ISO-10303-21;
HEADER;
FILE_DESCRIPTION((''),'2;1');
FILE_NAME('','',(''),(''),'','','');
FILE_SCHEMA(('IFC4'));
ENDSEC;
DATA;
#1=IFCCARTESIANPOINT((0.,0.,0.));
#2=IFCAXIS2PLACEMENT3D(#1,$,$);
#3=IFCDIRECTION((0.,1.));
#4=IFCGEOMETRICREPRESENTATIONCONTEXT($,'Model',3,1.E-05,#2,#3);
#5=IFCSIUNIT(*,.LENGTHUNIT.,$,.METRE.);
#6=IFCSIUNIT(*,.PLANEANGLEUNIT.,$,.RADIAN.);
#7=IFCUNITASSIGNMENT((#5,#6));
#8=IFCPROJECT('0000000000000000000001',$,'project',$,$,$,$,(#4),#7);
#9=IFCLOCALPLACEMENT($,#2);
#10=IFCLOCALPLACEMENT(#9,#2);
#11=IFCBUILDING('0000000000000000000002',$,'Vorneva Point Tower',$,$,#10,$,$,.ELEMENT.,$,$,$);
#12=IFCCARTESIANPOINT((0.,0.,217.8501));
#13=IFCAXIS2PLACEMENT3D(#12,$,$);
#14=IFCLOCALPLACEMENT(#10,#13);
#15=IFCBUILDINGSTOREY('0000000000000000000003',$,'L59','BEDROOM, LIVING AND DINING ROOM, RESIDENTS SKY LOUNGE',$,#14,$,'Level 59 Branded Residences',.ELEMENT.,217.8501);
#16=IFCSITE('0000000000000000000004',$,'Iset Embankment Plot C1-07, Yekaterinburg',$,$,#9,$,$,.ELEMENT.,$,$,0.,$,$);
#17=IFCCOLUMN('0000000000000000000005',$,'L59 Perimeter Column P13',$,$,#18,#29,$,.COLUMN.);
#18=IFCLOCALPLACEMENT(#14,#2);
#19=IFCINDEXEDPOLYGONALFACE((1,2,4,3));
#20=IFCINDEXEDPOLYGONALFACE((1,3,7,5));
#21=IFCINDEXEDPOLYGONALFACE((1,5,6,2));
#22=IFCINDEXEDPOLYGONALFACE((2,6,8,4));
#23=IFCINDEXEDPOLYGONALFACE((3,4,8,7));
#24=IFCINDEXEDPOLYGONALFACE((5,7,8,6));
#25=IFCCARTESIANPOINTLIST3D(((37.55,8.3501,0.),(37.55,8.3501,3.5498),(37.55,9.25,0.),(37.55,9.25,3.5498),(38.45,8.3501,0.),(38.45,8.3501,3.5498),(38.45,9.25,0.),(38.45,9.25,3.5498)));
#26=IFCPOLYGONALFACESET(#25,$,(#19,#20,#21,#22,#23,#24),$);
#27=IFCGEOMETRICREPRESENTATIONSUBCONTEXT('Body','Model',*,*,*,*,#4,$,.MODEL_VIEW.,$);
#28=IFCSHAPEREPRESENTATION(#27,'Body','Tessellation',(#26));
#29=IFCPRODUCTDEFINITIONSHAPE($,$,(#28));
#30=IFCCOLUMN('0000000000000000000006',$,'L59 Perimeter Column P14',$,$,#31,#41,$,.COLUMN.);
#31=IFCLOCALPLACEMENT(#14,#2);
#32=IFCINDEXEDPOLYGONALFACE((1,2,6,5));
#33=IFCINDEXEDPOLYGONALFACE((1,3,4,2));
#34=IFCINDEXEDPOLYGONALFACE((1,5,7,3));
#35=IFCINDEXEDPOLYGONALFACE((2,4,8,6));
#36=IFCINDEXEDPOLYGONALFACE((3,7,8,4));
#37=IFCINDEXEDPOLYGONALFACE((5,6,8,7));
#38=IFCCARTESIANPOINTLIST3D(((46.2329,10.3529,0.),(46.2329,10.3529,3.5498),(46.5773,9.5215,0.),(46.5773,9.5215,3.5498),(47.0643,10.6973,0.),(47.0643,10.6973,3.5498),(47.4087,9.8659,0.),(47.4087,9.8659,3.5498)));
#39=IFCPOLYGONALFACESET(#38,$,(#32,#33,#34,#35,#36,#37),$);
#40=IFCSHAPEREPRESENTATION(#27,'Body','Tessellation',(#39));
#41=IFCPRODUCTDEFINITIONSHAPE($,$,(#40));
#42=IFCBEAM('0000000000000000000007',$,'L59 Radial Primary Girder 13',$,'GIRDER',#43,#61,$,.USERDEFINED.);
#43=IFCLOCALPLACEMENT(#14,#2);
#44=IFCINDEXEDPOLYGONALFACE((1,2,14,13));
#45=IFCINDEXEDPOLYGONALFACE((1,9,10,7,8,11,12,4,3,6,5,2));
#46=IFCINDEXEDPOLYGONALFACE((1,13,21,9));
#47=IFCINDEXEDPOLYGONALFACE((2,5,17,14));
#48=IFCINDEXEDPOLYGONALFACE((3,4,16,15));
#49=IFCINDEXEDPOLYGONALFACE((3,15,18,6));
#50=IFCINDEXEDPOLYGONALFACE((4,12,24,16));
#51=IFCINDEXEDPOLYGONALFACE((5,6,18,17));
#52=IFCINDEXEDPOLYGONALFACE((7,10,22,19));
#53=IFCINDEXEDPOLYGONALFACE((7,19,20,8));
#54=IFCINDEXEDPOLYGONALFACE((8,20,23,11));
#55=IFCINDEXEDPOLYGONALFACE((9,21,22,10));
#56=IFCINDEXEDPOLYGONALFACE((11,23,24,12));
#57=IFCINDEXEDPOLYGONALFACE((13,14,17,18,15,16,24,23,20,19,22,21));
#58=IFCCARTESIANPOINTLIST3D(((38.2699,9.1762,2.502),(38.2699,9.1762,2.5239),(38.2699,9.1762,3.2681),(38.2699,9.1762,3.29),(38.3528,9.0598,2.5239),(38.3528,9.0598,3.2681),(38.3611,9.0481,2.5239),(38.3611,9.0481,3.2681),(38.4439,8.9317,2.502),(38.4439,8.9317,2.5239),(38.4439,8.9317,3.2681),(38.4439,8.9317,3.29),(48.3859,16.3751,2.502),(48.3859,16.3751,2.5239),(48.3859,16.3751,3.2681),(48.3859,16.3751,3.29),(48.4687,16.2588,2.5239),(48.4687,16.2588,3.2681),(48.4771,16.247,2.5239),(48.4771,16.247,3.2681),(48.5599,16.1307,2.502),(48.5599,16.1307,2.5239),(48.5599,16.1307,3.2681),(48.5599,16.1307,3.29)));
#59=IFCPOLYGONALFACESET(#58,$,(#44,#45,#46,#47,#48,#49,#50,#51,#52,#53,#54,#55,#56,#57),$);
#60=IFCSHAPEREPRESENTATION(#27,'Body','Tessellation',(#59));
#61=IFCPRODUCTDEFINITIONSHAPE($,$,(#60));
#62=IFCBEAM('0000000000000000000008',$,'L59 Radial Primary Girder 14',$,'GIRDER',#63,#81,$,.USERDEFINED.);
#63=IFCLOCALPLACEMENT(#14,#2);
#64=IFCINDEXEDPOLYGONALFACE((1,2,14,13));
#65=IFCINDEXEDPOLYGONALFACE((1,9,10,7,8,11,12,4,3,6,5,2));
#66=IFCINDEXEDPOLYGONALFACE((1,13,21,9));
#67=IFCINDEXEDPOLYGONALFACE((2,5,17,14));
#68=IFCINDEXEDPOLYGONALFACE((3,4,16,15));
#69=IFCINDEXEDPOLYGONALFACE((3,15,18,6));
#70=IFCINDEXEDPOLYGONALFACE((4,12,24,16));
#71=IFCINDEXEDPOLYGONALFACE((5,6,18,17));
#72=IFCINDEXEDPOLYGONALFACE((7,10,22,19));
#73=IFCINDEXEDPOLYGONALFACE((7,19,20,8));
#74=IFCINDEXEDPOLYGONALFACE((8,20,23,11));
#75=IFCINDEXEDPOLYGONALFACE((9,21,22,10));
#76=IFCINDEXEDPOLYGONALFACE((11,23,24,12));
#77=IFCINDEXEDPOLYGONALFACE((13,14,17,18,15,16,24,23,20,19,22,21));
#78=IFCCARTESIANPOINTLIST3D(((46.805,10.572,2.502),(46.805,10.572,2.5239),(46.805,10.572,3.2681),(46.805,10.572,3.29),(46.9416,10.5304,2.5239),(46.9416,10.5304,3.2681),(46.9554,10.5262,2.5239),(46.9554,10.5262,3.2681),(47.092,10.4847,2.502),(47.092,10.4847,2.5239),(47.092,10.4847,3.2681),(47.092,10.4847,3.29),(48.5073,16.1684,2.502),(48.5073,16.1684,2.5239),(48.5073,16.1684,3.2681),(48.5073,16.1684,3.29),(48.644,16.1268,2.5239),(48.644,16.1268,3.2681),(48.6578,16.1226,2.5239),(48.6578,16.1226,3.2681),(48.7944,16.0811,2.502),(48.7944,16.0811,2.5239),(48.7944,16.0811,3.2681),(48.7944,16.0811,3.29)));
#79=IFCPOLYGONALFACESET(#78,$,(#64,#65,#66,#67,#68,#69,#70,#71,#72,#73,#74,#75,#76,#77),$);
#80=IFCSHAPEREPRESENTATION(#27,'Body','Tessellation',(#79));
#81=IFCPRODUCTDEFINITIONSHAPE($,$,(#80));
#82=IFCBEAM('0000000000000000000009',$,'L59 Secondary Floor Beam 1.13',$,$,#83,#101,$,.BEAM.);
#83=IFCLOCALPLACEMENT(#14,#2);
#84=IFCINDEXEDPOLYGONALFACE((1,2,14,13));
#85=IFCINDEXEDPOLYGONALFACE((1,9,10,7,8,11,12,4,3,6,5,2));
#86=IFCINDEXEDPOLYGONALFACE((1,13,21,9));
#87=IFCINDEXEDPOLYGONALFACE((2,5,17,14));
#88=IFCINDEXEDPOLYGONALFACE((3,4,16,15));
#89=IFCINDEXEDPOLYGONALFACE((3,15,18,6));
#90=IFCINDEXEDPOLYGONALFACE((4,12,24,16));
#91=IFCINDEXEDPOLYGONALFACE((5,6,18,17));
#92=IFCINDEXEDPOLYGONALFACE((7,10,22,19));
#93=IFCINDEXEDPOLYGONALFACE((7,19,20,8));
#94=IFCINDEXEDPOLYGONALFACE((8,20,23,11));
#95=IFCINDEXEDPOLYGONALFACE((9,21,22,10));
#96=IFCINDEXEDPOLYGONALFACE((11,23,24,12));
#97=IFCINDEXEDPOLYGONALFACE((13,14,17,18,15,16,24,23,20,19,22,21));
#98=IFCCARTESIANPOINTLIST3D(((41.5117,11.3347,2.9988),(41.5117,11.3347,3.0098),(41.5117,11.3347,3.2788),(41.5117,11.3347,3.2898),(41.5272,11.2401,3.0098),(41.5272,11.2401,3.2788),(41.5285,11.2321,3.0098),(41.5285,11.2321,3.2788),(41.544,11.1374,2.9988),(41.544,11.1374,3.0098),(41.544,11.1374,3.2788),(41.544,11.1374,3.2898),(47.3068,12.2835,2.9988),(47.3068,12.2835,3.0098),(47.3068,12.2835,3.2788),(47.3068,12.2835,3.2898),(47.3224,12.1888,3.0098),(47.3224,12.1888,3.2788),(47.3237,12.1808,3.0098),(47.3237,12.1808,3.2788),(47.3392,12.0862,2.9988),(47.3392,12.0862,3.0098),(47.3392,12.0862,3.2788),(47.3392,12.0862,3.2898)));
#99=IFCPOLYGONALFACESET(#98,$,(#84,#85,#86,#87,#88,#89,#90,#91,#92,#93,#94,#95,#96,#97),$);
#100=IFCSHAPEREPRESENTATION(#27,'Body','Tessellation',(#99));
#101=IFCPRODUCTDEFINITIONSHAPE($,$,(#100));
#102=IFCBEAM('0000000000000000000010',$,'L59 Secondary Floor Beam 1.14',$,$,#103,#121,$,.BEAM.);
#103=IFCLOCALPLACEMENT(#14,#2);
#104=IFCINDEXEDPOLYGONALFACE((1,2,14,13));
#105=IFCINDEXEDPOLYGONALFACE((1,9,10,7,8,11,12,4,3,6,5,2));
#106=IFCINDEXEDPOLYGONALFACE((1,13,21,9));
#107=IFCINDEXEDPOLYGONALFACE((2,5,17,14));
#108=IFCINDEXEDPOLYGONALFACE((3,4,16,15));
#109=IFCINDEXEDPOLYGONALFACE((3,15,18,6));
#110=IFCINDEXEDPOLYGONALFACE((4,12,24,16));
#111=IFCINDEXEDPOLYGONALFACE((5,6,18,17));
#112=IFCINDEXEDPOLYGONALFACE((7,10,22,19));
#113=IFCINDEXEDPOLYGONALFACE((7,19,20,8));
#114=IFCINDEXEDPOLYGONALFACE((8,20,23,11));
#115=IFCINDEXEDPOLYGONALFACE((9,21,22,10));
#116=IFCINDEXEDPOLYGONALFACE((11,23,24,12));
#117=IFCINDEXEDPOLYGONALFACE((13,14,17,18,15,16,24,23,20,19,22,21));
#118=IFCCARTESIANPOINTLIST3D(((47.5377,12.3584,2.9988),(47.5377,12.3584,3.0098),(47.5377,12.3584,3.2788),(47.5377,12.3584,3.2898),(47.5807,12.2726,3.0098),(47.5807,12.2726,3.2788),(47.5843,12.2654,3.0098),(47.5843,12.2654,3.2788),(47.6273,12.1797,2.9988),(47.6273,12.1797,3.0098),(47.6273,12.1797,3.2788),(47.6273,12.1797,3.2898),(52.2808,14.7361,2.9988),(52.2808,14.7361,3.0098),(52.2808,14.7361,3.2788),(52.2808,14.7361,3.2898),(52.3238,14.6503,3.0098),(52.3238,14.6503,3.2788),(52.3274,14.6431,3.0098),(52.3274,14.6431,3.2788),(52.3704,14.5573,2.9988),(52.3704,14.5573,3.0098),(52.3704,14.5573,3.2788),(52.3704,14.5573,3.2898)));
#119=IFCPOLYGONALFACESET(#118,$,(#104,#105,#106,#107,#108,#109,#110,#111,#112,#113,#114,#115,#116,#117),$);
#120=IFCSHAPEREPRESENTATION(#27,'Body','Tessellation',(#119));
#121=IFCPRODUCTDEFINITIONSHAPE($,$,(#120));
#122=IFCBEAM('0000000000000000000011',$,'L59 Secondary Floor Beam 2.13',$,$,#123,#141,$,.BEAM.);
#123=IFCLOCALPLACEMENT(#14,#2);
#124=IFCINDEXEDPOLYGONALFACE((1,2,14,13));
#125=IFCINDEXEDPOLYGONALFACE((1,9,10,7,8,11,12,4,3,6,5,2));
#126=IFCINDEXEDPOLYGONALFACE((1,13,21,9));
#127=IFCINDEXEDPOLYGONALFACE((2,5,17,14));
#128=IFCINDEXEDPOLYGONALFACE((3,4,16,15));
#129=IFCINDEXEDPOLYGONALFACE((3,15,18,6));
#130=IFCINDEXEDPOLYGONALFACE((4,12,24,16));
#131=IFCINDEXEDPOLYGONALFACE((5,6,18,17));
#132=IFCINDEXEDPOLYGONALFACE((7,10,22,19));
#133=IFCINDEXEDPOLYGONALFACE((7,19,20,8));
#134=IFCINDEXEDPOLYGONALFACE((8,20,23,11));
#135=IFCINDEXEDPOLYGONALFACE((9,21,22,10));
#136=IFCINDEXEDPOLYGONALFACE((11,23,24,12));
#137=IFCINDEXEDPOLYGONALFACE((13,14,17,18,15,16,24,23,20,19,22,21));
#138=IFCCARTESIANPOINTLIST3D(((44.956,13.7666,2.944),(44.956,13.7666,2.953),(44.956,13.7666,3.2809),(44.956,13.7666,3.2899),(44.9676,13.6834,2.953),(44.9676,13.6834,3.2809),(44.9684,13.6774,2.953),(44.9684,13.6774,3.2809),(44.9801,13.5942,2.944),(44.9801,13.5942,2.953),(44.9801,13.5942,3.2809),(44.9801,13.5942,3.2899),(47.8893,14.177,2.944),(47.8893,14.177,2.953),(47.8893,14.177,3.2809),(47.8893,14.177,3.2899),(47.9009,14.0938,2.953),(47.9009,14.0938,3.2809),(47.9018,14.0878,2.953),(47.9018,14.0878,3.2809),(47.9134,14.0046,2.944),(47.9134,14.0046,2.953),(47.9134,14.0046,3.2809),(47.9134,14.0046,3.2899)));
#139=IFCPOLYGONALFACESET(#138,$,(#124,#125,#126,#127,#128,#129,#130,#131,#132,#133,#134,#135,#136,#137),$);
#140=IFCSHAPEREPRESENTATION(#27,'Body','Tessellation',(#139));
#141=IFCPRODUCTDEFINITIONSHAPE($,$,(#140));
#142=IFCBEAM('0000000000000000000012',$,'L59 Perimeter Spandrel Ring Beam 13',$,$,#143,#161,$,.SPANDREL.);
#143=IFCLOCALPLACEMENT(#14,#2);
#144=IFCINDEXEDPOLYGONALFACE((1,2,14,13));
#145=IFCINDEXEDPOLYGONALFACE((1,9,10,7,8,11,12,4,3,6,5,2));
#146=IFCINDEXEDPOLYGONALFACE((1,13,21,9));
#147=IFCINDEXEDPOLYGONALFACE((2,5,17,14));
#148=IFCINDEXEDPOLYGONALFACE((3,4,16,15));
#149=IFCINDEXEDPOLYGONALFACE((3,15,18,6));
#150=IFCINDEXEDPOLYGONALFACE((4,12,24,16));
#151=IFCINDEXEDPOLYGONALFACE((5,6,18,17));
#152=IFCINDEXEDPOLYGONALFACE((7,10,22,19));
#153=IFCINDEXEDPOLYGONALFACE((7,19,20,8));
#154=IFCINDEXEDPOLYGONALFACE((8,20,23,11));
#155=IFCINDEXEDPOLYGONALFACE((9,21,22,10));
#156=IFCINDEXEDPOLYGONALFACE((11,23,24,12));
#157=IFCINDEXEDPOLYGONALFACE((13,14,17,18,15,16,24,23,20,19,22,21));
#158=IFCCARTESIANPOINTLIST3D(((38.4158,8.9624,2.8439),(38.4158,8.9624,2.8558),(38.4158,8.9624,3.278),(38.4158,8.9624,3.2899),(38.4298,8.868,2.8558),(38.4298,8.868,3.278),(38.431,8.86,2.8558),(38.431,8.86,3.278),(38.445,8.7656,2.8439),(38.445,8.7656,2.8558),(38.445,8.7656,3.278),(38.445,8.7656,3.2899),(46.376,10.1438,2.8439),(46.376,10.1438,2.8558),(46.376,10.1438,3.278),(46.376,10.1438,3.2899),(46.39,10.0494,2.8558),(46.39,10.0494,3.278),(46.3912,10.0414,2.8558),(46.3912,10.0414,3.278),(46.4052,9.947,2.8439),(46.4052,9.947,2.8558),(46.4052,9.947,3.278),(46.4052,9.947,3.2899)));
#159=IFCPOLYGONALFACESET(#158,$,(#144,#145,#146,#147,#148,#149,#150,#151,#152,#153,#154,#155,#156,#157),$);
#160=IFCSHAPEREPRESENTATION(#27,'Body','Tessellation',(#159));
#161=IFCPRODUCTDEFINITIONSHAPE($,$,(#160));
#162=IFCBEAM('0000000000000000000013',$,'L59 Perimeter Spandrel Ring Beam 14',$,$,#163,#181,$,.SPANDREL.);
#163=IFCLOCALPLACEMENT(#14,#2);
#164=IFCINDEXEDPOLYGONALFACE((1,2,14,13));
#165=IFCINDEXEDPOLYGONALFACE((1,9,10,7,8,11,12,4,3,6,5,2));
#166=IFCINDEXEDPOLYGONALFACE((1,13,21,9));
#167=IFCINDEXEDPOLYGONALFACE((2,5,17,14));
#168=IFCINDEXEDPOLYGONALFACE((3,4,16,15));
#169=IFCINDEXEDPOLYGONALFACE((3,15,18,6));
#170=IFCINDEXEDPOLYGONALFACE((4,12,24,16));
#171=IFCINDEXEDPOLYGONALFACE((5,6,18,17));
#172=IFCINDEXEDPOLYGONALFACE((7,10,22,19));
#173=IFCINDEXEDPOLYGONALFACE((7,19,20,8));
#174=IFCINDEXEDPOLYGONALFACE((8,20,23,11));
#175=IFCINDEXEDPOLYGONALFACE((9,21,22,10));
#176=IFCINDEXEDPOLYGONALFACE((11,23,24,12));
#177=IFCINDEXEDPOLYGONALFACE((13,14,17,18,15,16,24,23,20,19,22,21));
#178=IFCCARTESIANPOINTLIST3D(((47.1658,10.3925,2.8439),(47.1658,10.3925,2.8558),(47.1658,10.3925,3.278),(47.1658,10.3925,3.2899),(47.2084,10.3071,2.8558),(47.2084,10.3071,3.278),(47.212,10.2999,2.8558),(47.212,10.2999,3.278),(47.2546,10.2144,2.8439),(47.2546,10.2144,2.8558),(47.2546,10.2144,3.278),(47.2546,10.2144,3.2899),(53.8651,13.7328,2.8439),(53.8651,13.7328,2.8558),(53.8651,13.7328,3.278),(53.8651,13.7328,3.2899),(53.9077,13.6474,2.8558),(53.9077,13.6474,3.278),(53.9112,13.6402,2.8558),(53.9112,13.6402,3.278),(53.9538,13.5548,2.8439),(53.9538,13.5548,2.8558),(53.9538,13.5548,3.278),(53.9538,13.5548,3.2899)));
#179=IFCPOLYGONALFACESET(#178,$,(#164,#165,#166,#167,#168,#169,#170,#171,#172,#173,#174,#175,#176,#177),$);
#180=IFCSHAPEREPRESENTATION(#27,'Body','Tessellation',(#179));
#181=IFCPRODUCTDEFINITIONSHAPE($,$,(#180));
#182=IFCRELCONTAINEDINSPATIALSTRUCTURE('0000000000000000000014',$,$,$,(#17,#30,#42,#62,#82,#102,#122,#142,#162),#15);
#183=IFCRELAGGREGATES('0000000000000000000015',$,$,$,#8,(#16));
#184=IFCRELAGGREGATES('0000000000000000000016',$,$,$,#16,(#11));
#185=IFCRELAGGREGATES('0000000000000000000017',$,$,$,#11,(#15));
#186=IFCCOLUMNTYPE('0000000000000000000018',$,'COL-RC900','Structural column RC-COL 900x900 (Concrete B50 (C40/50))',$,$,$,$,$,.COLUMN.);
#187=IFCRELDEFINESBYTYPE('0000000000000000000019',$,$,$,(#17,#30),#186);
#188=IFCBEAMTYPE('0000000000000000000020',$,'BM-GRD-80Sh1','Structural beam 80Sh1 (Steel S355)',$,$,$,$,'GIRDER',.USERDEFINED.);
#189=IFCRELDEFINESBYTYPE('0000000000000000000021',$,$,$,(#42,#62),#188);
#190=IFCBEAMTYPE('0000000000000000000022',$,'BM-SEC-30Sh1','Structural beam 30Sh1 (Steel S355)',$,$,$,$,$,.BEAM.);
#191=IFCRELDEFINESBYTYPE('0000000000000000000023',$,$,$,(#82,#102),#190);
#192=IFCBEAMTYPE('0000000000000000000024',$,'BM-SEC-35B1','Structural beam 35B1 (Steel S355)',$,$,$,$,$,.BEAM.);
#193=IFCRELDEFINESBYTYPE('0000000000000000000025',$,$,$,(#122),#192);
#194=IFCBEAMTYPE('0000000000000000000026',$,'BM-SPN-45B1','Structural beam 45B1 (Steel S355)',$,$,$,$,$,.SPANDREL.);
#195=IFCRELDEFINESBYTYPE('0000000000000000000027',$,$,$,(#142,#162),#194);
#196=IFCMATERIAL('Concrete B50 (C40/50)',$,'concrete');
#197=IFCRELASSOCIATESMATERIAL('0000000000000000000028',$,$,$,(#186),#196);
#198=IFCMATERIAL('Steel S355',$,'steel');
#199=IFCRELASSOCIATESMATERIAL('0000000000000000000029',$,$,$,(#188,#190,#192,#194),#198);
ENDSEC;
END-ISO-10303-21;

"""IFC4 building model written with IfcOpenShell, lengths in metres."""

from ifc_helpers import new_model, si_unit, direction, frame, origin, origin_2d, place, context, subcontext, project, spatial, rectangle, i_section, extrude, material, material_profile, profile_set, type_object, element, save


model = new_model("IFC4")

# Units and contexts
model_context = context("Model", 3, precision=1e-05, world=origin(), true_north=direction((0.0, 1.0)))
body_context = subcontext(model_context, "Body", "Model", "MODEL_VIEW")
ifc_project = project(units=[si_unit("LENGTHUNIT", "METRE"), si_unit("PLANEANGLEUNIT", "RADIAN")], contexts=[model_context])

# Site, building, storey
site_placement = place(None, origin())
site = spatial("IfcSite", under=ifc_project, at=site_placement, Name="Iset Embankment Plot C1-07, Yekaterinburg", CompositionType="ELEMENT", RefElevation=0.0)
building_placement = place(site_placement, origin())
building = spatial("IfcBuilding", under=site, at=building_placement, Name="Vorneva Point Tower", CompositionType="ELEMENT")
storey_placement = place(building_placement, frame((0.0, 0.0, 217.8501)))
storey = spatial("IfcBuildingStorey", under=building, at=storey_placement, Name="L59", Description="BEDROOM, LIVING AND DINING ROOM, RESIDENTS SKY LOUNGE", LongName="Level 59 Branded Residences", CompositionType="ELEMENT", Elevation=217.8501)

# Columns
ifc_material_1 = material(Name="Concrete B50 (C40/50)", Category="concrete")
ifc_material_profile_1 = material_profile(ifc_material_1, rectangle(XDim=0.8999, YDim=0.8999, at=origin_2d()), Name="RC-COL 900x900")
ifc_profile_set_1 = profile_set([ifc_material_profile_1], Name="Concrete B50 (C40/50)")
column_type = type_object("IfcColumnType", Name="COL-RC900", Description="Structural column RC-COL 900x900 (Concrete B50 (C40/50))", PredefinedType="COLUMN", material=ifc_profile_set_1)
for number, where, z_axis, x_axis, name in (
    (1, (38.0, 8.8, 0.0), (0.0, 0.0, 1.0), (0.0, -1.0, 0.0), "L59 Perimeter Column P13"),
    (2, (46.8208, 10.1094, 0.0), (0.0, 0.0, 1.0), (0.382683, -0.92388, 0.0), "L59 Perimeter Column P14"),
):
    element("IfcColumn", number, at=place(storey_placement, frame(where, z_axis=z_axis, x_axis=x_axis)), inside=storey, type_object=column_type, Name=name, PredefinedType="COLUMN", context=body_context, shape_type="SweptSolid", body=[
        extrude(rectangle(XDim=0.8999, YDim=0.8999, at=origin_2d()), origin(), (0.0, 0.0, 1.0), 3.5498),
    ])

# Beams
ifc_material_2 = material(Name="Steel S355", Category="steel")
ifc_material_profile_2 = material_profile(ifc_material_2, i_section(OverallWidth=0.3, OverallDepth=0.7881, WebThickness=0.0144, FlangeThickness=0.022, at=origin_2d()), Name="80Sh1")
ifc_profile_set_2 = profile_set([ifc_material_profile_2], Name="Steel S355")
beam_type_1 = type_object("IfcBeamType", Name="BM-GRD-80Sh1", Description="Structural beam 80Sh1 (Steel S355)", ElementType="GIRDER", PredefinedType="USERDEFINED", material=ifc_profile_set_2)
beam_1_placement = place(storey_placement, frame((38.3569, 9.054, 2.896), z_axis=(0.81475, 0.579813, 0.0), x_axis=(-0.579813, 0.81475, 0.0)))
element("IfcBeam", 3, at=beam_1_placement, inside=storey, type_object=beam_type_1, Name="L59 Radial Primary Girder 13", ObjectType="GIRDER", PredefinedType="USERDEFINED", context=body_context, shape_type="SweptSolid", body=[
    extrude(i_section(OverallWidth=0.3, OverallDepth=0.7881, WebThickness=0.0144, FlangeThickness=0.022, at=origin_2d()), origin(), (0.0, 0.0, 1.0), 12.416),
])
beam_2_placement = place(storey_placement, frame((46.9485, 10.5283, 2.896), z_axis=(0.291025, 0.956715, 0.0), x_axis=(-0.956715, 0.291025, 0.0)))
element("IfcBeam", 4, at=beam_2_placement, inside=storey, type_object=beam_type_1, Name="L59 Radial Primary Girder 14", ObjectType="GIRDER", PredefinedType="USERDEFINED", context=body_context, shape_type="SweptSolid", body=[
    extrude(i_section(OverallWidth=0.3, OverallDepth=0.7881, WebThickness=0.0144, FlangeThickness=0.022, at=origin_2d()), origin(), (0.0, 0.0, 1.0), 5.8496),
])
ifc_material_profile_3 = material_profile(ifc_material_2, i_section(OverallWidth=0.2, OverallDepth=0.291, WebThickness=0.0081, FlangeThickness=0.011, at=origin_2d()), Name="30Sh1")
ifc_profile_set_3 = profile_set([ifc_material_profile_3], Name="Steel S355")
beam_type_2 = type_object("IfcBeamType", Name="BM-SEC-30Sh1", Description="Structural beam 30Sh1 (Steel S355)", PredefinedType="BEAM", material=ifc_profile_set_3)
beam_3_placement = place(storey_placement, frame((41.5278, 11.2361, 3.1443), z_axis=(0.986863, 0.16156, 0.0), x_axis=(-0.16156, 0.986863, 0.0)))
element("IfcBeam", 5, at=beam_3_placement, inside=storey, type_object=beam_type_2, Name="L59 Secondary Floor Beam 1.13", PredefinedType="BEAM", context=body_context, shape_type="SweptSolid", body=[
    extrude(i_section(OverallWidth=0.2, OverallDepth=0.291, WebThickness=0.0081, FlangeThickness=0.011, at=origin_2d()), origin(), (0.0, 0.0, 1.0), 5.8723),
])
beam_4_placement = place(storey_placement, frame((47.5825, 12.269, 3.1443), z_axis=(0.893967, 0.448134, 0.0), x_axis=(-0.448134, 0.893967, 0.0)))
element("IfcBeam", 6, at=beam_4_placement, inside=storey, type_object=beam_type_2, Name="L59 Secondary Floor Beam 1.14", PredefinedType="BEAM", context=body_context, shape_type="SweptSolid", body=[
    extrude(i_section(OverallWidth=0.2, OverallDepth=0.291, WebThickness=0.0081, FlangeThickness=0.011, at=origin_2d()), origin(), (0.0, 0.0, 1.0), 5.3057),
])
ifc_material_profile_4 = material_profile(ifc_material_2, i_section(OverallWidth=0.1741, OverallDepth=0.3459, WebThickness=0.0061, FlangeThickness=0.009, at=origin_2d()), Name="35B1")
ifc_profile_set_4 = profile_set([ifc_material_profile_4], Name="Steel S355")
beam_type_3 = type_object("IfcBeamType", Name="BM-SEC-35B1", Description="Structural beam 35B1 (Steel S355)", PredefinedType="BEAM", material=ifc_profile_set_4)
beam_5_placement = place(storey_placement, frame((44.968, 13.6804, 3.1169), z_axis=(0.990354, 0.138559, 0.0), x_axis=(-0.138559, 0.990354, 0.0)))
element("IfcBeam", 7, at=beam_5_placement, inside=storey, type_object=beam_type_3, Name="L59 Secondary Floor Beam 2.13", PredefinedType="BEAM", context=body_context, shape_type="SweptSolid", body=[
    extrude(i_section(OverallWidth=0.1741, OverallDepth=0.3459, WebThickness=0.0061, FlangeThickness=0.009, at=origin_2d()), origin(), (0.0, 0.0, 1.0), 2.9619),
])
ifc_material_profile_5 = material_profile(ifc_material_2, i_section(OverallWidth=0.199, OverallDepth=0.446, WebThickness=0.0081, FlangeThickness=0.012, at=origin_2d()), Name="45B1")
ifc_profile_set_5 = profile_set([ifc_material_profile_5], Name="Steel S355")
beam_type_4 = type_object("IfcBeamType", Name="BM-SPN-45B1", Description="Structural beam 45B1 (Steel S355)", PredefinedType="SPANDREL", material=ifc_profile_set_5)
beam_6_placement = place(storey_placement, frame((38.4304, 8.864, 3.0669), z_axis=(0.989165, 0.146805, 0.0), x_axis=(-0.146805, 0.989165, 0.0)))
element("IfcBeam", 8, at=beam_6_placement, inside=storey, type_object=beam_type_4, Name="L59 Perimeter Spandrel Ring Beam 13", PredefinedType="SPANDREL", context=body_context, shape_type="SweptSolid", body=[
    extrude(i_section(OverallWidth=0.199, OverallDepth=0.446, WebThickness=0.0081, FlangeThickness=0.012, at=origin_2d()), origin(), (0.0, 0.0, 1.0), 8.0474),
])
beam_7_placement = place(storey_placement, frame((47.2102, 10.3035, 3.0669), z_axis=(0.894922, 0.446222, 0.0), x_axis=(-0.446222, 0.894922, 0.0)))
element("IfcBeam", 9, at=beam_7_placement, inside=storey, type_object=beam_type_4, Name="L59 Perimeter Spandrel Ring Beam 14", PredefinedType="SPANDREL", context=body_context, shape_type="SweptSolid", body=[
    extrude(i_section(OverallWidth=0.199, OverallDepth=0.446, WebThickness=0.0081, FlangeThickness=0.012, at=origin_2d()), origin(), (0.0, 0.0, 1.0), 7.4858),
])

save(model, "model.ifc")
